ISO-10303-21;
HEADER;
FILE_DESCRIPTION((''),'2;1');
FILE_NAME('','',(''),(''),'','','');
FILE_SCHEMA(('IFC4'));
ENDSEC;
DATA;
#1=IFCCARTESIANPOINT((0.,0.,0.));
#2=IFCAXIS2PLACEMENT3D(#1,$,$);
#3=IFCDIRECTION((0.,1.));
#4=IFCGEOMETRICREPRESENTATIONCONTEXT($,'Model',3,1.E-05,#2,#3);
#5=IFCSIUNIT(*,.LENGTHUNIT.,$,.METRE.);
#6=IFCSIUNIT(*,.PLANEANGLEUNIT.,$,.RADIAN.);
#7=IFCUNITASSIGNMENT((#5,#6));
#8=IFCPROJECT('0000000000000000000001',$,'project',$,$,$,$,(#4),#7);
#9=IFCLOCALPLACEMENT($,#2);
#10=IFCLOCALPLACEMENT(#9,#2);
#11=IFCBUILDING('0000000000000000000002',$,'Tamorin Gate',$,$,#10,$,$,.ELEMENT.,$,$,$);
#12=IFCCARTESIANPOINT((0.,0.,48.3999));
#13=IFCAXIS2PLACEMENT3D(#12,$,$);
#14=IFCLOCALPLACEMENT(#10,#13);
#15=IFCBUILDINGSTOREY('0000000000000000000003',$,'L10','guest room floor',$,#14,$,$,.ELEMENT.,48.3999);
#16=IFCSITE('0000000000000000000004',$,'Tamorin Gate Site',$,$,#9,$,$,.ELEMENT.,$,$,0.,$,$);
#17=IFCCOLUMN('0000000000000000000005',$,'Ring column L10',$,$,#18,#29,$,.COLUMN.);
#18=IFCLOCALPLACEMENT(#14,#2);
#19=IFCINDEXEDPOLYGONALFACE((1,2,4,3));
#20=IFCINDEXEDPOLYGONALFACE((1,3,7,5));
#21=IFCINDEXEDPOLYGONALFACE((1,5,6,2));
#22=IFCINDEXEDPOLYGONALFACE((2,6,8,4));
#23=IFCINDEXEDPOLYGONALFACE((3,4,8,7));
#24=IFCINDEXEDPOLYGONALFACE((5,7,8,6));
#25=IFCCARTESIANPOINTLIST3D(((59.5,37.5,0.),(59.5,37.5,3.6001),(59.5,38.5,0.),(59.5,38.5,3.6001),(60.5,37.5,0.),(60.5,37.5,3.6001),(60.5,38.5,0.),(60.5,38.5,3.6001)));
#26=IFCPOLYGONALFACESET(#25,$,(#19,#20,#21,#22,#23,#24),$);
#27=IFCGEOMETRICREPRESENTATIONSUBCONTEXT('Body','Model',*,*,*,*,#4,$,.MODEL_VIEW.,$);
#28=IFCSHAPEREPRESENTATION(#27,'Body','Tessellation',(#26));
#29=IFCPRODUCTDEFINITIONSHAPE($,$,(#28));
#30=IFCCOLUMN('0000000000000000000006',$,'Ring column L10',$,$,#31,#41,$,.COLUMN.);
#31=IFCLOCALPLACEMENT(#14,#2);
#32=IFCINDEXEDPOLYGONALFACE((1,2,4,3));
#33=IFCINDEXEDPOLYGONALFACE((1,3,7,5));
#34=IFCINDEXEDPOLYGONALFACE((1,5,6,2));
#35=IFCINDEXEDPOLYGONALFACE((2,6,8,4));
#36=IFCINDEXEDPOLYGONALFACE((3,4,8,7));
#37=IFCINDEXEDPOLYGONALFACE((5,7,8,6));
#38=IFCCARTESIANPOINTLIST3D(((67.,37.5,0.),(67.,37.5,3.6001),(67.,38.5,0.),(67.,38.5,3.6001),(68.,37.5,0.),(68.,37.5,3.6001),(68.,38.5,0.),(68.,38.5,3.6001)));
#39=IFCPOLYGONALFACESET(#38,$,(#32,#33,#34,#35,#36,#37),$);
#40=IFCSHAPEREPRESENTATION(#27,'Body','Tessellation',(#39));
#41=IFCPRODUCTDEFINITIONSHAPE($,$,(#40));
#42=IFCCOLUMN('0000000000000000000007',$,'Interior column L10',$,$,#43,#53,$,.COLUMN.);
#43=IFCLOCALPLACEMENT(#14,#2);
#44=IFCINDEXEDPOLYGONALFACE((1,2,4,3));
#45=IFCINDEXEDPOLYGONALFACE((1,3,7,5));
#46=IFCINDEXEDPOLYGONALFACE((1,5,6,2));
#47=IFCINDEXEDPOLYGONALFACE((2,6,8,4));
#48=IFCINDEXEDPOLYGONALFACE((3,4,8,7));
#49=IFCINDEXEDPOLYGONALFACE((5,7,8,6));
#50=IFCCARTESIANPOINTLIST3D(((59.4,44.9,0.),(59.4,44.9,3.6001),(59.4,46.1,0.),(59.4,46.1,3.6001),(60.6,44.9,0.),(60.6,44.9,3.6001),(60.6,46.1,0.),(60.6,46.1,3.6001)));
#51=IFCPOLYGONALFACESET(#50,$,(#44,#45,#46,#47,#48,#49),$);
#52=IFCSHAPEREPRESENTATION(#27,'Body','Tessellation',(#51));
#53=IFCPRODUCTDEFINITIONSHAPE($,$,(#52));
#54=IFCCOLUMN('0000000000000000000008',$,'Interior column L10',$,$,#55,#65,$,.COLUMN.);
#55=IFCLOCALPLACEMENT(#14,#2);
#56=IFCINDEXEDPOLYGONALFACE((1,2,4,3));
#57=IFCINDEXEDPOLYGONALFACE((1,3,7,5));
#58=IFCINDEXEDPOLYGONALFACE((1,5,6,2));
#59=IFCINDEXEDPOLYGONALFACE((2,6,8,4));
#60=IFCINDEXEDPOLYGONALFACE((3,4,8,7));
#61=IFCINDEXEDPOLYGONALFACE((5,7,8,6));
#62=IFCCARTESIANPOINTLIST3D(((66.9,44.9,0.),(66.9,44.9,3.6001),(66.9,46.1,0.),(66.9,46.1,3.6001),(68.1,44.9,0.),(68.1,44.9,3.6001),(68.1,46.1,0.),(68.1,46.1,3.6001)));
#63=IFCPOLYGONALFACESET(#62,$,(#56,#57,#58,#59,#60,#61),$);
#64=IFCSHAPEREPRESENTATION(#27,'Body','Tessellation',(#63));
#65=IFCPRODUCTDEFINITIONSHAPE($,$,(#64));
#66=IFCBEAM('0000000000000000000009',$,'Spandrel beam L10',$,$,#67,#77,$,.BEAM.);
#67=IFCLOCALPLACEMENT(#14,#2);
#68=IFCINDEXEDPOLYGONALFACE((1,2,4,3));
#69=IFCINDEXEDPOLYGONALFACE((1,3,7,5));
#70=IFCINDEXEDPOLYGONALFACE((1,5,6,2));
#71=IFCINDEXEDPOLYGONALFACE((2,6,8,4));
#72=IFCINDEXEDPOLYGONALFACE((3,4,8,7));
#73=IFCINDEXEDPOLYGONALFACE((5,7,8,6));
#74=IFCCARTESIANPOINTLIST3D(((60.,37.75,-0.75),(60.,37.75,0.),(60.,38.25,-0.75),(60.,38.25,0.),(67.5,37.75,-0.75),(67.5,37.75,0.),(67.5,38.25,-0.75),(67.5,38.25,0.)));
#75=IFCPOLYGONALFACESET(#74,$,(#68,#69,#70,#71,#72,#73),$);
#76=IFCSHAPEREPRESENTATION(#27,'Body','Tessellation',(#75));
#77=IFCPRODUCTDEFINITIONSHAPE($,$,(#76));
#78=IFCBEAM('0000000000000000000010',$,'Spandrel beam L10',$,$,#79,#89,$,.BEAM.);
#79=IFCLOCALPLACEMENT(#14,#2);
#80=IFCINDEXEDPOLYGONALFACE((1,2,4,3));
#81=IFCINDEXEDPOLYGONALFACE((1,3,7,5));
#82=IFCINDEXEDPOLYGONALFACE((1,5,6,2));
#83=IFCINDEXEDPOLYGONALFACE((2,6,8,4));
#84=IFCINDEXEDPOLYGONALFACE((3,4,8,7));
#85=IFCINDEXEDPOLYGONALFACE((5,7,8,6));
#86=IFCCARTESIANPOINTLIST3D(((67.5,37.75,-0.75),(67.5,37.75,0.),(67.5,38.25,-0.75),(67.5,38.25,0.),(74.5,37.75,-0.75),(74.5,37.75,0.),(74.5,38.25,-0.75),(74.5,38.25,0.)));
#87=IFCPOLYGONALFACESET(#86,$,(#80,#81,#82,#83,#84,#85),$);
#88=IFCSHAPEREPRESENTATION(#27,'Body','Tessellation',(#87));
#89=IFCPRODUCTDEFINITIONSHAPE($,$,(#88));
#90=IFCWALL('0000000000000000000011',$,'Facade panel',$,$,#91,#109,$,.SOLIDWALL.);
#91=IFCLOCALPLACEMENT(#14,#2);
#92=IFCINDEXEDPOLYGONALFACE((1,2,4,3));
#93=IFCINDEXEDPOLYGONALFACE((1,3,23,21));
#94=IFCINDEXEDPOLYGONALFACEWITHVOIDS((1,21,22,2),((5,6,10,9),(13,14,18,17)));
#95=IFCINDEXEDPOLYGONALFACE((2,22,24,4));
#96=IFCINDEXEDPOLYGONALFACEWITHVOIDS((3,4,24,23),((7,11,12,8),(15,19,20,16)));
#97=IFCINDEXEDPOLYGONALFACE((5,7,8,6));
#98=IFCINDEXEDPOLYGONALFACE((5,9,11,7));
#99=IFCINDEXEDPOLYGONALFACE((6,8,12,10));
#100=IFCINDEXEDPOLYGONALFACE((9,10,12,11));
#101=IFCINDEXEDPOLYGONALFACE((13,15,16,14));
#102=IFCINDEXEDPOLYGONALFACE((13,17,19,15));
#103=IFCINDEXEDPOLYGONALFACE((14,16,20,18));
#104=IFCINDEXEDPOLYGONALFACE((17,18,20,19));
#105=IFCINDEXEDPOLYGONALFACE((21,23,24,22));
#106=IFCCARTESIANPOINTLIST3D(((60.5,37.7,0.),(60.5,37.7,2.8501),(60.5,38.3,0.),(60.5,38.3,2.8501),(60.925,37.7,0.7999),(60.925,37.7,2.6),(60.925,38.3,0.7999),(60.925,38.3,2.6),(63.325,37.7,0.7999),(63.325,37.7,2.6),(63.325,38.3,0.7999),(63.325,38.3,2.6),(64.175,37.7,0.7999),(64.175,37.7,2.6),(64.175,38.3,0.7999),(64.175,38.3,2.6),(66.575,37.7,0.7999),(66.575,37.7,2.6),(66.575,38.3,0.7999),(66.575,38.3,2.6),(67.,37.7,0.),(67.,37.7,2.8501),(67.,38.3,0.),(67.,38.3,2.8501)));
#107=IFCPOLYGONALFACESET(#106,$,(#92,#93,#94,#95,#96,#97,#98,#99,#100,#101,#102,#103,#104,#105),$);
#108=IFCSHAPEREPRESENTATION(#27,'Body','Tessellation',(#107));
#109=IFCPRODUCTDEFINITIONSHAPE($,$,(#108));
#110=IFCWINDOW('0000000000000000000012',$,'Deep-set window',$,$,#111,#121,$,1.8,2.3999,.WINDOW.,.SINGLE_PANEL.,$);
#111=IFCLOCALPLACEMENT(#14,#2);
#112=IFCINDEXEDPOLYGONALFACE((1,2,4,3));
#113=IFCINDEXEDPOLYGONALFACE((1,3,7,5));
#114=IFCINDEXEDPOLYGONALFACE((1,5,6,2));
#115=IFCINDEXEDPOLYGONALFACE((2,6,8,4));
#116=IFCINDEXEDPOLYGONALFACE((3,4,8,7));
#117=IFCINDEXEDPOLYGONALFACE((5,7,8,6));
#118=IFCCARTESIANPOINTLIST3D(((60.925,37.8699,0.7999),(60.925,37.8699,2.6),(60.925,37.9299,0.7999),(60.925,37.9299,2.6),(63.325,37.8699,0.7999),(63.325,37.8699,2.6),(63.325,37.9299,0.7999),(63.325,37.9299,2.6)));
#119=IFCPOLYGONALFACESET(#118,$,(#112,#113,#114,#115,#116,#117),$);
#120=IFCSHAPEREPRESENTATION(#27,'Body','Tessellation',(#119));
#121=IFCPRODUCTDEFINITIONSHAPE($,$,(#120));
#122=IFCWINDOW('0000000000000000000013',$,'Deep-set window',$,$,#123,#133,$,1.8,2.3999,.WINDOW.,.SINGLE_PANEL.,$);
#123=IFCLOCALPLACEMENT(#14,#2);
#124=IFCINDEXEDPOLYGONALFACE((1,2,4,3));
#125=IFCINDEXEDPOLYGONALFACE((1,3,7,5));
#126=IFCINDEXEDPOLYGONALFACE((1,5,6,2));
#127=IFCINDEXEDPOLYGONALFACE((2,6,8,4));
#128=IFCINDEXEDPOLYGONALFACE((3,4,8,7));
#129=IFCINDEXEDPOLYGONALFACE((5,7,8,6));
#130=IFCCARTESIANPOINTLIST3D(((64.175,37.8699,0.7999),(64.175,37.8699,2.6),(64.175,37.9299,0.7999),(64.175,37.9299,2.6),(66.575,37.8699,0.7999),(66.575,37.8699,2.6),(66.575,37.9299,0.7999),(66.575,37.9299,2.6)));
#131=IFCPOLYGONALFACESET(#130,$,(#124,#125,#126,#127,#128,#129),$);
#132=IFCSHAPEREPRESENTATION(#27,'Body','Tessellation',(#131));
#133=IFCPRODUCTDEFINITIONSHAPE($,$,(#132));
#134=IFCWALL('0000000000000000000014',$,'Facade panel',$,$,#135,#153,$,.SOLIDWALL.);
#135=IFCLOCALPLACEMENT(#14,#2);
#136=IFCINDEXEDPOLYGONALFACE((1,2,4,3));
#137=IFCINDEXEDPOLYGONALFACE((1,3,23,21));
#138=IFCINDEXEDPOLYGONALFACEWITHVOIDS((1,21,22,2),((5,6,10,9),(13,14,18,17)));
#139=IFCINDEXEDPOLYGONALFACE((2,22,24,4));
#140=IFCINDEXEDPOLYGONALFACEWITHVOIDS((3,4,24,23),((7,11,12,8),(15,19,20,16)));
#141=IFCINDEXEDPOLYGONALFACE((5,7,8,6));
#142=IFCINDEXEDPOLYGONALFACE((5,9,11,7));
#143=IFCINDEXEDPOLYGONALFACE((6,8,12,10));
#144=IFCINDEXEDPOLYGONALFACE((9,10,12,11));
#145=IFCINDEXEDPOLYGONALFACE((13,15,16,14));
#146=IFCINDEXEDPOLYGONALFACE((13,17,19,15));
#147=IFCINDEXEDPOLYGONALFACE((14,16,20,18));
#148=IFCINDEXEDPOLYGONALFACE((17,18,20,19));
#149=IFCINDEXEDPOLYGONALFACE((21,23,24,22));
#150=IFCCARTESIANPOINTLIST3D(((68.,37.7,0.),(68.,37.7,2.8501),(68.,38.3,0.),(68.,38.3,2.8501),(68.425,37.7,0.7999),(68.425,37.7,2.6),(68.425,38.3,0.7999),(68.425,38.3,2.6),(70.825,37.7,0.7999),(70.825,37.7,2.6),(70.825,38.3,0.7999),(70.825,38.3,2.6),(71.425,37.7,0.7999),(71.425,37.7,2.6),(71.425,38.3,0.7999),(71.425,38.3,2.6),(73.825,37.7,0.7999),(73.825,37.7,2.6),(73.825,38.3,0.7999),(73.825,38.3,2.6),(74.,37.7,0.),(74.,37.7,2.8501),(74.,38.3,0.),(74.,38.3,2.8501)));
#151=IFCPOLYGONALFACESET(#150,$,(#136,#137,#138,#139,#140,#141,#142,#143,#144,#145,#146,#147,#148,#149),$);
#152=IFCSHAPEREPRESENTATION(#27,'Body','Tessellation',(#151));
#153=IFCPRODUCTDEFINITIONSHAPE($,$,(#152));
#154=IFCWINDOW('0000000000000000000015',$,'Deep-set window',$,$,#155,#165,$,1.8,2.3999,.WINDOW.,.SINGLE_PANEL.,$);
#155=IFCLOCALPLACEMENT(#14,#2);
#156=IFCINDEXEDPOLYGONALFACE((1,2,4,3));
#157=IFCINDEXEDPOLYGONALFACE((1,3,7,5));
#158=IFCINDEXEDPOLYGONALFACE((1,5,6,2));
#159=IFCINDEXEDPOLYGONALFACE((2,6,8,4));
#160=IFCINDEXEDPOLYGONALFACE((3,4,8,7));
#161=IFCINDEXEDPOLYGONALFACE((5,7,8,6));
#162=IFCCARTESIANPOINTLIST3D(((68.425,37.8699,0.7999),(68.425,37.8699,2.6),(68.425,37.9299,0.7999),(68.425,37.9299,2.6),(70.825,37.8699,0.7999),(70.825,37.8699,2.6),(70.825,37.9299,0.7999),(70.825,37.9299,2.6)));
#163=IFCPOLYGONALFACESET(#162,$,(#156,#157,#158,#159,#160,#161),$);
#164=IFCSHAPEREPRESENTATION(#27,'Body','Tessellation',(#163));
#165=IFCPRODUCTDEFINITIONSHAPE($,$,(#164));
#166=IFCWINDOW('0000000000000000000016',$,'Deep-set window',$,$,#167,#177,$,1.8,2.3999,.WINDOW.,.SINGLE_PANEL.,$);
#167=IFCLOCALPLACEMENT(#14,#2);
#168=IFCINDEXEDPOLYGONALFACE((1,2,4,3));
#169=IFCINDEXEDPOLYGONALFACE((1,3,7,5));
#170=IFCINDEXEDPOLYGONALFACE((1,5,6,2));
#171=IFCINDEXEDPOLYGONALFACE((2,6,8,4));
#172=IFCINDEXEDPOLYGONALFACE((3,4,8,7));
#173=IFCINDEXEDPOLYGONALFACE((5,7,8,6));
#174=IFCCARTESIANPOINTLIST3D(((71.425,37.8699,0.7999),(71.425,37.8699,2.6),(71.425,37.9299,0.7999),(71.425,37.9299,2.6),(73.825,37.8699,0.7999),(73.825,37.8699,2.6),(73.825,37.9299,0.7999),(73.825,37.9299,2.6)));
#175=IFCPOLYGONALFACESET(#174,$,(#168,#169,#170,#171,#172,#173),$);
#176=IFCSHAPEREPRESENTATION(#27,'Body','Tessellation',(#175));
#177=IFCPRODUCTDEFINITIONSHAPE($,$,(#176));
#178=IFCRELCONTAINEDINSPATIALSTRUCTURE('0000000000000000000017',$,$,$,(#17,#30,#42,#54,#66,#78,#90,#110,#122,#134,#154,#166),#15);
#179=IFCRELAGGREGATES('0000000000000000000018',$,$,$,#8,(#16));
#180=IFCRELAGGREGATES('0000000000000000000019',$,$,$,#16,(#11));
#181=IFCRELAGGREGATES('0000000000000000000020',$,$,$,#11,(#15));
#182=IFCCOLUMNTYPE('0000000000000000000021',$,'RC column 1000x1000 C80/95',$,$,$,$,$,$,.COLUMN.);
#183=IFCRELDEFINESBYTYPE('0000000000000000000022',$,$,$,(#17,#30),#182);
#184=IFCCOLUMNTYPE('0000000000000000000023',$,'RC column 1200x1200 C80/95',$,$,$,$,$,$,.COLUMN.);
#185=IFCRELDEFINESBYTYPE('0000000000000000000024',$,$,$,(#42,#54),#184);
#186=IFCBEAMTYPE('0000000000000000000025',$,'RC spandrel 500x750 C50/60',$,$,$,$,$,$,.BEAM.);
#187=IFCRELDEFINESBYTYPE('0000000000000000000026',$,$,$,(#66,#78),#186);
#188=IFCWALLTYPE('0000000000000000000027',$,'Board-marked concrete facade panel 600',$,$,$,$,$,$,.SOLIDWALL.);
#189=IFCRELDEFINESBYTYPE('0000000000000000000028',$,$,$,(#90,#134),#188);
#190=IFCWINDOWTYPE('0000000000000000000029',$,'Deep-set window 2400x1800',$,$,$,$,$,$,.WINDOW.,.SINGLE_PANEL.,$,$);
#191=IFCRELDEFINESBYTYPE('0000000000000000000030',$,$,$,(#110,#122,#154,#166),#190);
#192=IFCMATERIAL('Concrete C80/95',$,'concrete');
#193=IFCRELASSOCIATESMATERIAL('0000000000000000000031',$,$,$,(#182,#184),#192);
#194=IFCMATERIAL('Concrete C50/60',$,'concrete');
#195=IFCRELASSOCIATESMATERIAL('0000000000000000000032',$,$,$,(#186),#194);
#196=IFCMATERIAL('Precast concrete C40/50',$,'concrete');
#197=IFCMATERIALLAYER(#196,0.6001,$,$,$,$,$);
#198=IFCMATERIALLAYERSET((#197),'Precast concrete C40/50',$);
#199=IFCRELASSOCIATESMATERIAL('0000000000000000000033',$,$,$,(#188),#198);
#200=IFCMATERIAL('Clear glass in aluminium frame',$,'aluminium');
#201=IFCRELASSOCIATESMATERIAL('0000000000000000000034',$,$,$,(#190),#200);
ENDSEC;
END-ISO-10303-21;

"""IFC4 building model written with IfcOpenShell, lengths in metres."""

from ifc_helpers import new_model, si_unit, direction, frame, frame_2d, origin, origin_2d, place, context, subcontext, project, spatial, rectangle, extrude, material, layer, layer_set, material_profile, profile_set, type_object, element, fill, save


model = new_model("IFC4")

# Units and contexts
model_context = context("Model", 3, precision=1e-05, world=origin(), true_north=direction((0.0, 1.0)))
body_context = subcontext(model_context, "Body", "Model", "MODEL_VIEW")
ifc_project = project(units=[si_unit("LENGTHUNIT", "METRE"), si_unit("PLANEANGLEUNIT", "RADIAN")], contexts=[model_context])

# Site, building, storey
site_placement = place(None, origin())
site = spatial("IfcSite", under=ifc_project, at=site_placement, Name="Tamorin Gate Site", CompositionType="ELEMENT", RefElevation=0.0)
building_placement = place(site_placement, origin())
building = spatial("IfcBuilding", under=site, at=building_placement, Name="Tamorin Gate", CompositionType="ELEMENT")
storey_placement = place(building_placement, frame((0.0, 0.0, 48.3999)))
storey = spatial("IfcBuildingStorey", under=building, at=storey_placement, Name="L10", Description="guest room floor", CompositionType="ELEMENT", Elevation=48.3999)

# Columns
ifc_material_1 = material(Name="Concrete C80/95", Category="concrete")
ifc_material_profile_1 = material_profile(ifc_material_1, rectangle(XDim=1.0, YDim=1.0, at=origin_2d()), Name="RC 1000x1000")
ifc_profile_set_1 = profile_set([ifc_material_profile_1], Name="Concrete C80/95")
column_type_1 = type_object("IfcColumnType", Name="RC column 1000x1000 C80/95", PredefinedType="COLUMN", material=ifc_profile_set_1)
for number, where, z_axis, x_axis, name in (
    (1, (60.0, 38.0, 0.0), (0.0, 0.0, 1.0), (1.0, 0.0, 0.0), "Ring column L10"),
    (2, (67.5, 38.0, 0.0), (0.0, 0.0, 1.0), (1.0, 0.0, 0.0), "Ring column L10"),
):
    element("IfcColumn", number, at=place(storey_placement, frame(where, z_axis=z_axis, x_axis=x_axis)), inside=storey, type_object=column_type_1, Name=name, PredefinedType="COLUMN", context=body_context, shape_type="SweptSolid", body=[
        extrude(rectangle(XDim=1.0, YDim=1.0, at=origin_2d()), origin(), (0.0, 0.0, 1.0), 3.6001),
    ])
ifc_material_profile_2 = material_profile(ifc_material_1, rectangle(XDim=1.2, YDim=1.2, at=origin_2d()), Name="RC 1200x1200")
ifc_profile_set_2 = profile_set([ifc_material_profile_2], Name="Concrete C80/95")
column_type_2 = type_object("IfcColumnType", Name="RC column 1200x1200 C80/95", PredefinedType="COLUMN", material=ifc_profile_set_2)
for number, where, z_axis, x_axis, name in (
    (3, (60.0, 45.5, 0.0), (0.0, 0.0, 1.0), (1.0, 0.0, 0.0), "Interior column L10"),
    (4, (67.5, 45.5, 0.0), (0.0, 0.0, 1.0), (1.0, 0.0, 0.0), "Interior column L10"),
):
    element("IfcColumn", number, at=place(storey_placement, frame(where, z_axis=z_axis, x_axis=x_axis)), inside=storey, type_object=column_type_2, Name=name, PredefinedType="COLUMN", context=body_context, shape_type="SweptSolid", body=[
        extrude(rectangle(XDim=1.2, YDim=1.2, at=origin_2d()), origin(), (0.0, 0.0, 1.0), 3.6001),
    ])

# Beams
ifc_material_2 = material(Name="Concrete C50/60", Category="concrete")
ifc_material_profile_3 = material_profile(ifc_material_2, rectangle(XDim=0.5, YDim=0.75, at=origin_2d()), Name="RC 500x750")
ifc_profile_set_3 = profile_set([ifc_material_profile_3], Name="Concrete C50/60")
beam_type = type_object("IfcBeamType", Name="RC spandrel 500x750 C50/60", PredefinedType="BEAM", material=ifc_profile_set_3)
beam_1_placement = place(storey_placement, frame((60.0, 38.0, -0.375), z_axis=(1.0, 0.0, 0.0), x_axis=(0.0, 1.0, 0.0)))
element("IfcBeam", 5, at=beam_1_placement, inside=storey, type_object=beam_type, Name="Spandrel beam L10", PredefinedType="BEAM", context=body_context, shape_type="SweptSolid", body=[
    extrude(rectangle(XDim=0.5, YDim=0.75, at=origin_2d()), origin(), (0.0, 0.0, 1.0), 7.5),
])
beam_2_placement = place(storey_placement, frame((67.5, 38.0, -0.375), z_axis=(1.0, 0.0, 0.0), x_axis=(0.0, 1.0, 0.0)))
element("IfcBeam", 6, at=beam_2_placement, inside=storey, type_object=beam_type, Name="Spandrel beam L10", PredefinedType="BEAM", context=body_context, shape_type="SweptSolid", body=[
    extrude(rectangle(XDim=0.5, YDim=0.75, at=origin_2d()), origin(), (0.0, 0.0, 1.0), 7.0),
])

# Walls, openings, windows
ifc_material_3 = material(Name="Precast concrete C40/50", Category="concrete")
ifc_layer_1 = layer(ifc_material_3, 0.6001)
ifc_layer_set_1 = layer_set([ifc_layer_1], Name="Precast concrete C40/50")
wall_type_1 = type_object("IfcWallType", Name="Board-marked concrete facade panel 600", PredefinedType="SOLIDWALL", material=ifc_layer_set_1)
wall_1_placement = place(storey_placement, frame((60.5, 38.0, 0.0), z_axis=(0.0, 0.0, 1.0), x_axis=(1.0, 0.0, 0.0)))
wall_1 = element("IfcWall", 7, at=wall_1_placement, inside=storey, type_object=wall_type_1, Name="Facade panel", PredefinedType="SOLIDWALL", context=body_context, shape_type="SweptSolid", body=[
    extrude(rectangle(XDim=6.5, YDim=0.6001, at=frame_2d((3.25, 0.0))), origin(), (0.0, 0.0, 1.0), 2.8501),
])
opening_1_placement = place(wall_1_placement, frame((0.425, 0.0, 0.8)))
opening_1 = element("IfcOpeningElement", 8, at=opening_1_placement, cuts=wall_1, PredefinedType="OPENING", context=body_context, shape_type="SweptSolid", body=[
    extrude(rectangle(XDim=2.3999, YDim=1.8, at=frame_2d((1.2, 0.8999))), frame((0.0, 0.3101, 0.0), z_axis=(0.0, -1.0, 0.0), x_axis=(1.0, 0.0, 0.0)), (0.0, 0.0, 1.0), 0.6201),
])
opening_2_placement = place(wall_1_placement, frame((3.675, 0.0, 0.8)))
opening_2 = element("IfcOpeningElement", 9, at=opening_2_placement, cuts=wall_1, PredefinedType="OPENING", context=body_context, shape_type="SweptSolid", body=[
    extrude(rectangle(XDim=2.3999, YDim=1.8, at=frame_2d((1.2, 0.8999))), frame((0.0, 0.3101, 0.0), z_axis=(0.0, -1.0, 0.0), x_axis=(1.0, 0.0, 0.0)), (0.0, 0.0, 1.0), 0.6201),
])
ifc_material_4 = material(Name="Clear glass in aluminium frame", Category="aluminium")
window_type = type_object("IfcWindowType", Name="Deep-set window 2400x1800", PartitioningType="SINGLE_PANEL", PredefinedType="WINDOW", material=ifc_material_4)
window_1_placement = place(opening_1_placement, origin())
window_1 = element("IfcWindow", 10, at=window_1_placement, inside=storey, type_object=window_type, Name="Deep-set window", OverallHeight=1.8, OverallWidth=2.3999, PartitioningType="SINGLE_PANEL", PredefinedType="WINDOW", context=body_context, shape_type="SweptSolid", body=[
    extrude(rectangle(XDim=2.3999, YDim=1.8, at=frame_2d((1.2, 0.8999))), frame((0.0, -0.0701, 0.0), z_axis=(0.0, -1.0, 0.0), x_axis=(1.0, 0.0, 0.0)), (0.0, 0.0, 1.0), 0.0601),
])
fill(opening_1, window_1)
window_2_placement = place(opening_2_placement, origin())
window_2 = element("IfcWindow", 11, at=window_2_placement, inside=storey, type_object=window_type, Name="Deep-set window", OverallHeight=1.8, OverallWidth=2.3999, PartitioningType="SINGLE_PANEL", PredefinedType="WINDOW", context=body_context, shape_type="SweptSolid", body=[
    extrude(rectangle(XDim=2.3999, YDim=1.8, at=frame_2d((1.2, 0.8999))), frame((0.0, -0.0701, 0.0), z_axis=(0.0, -1.0, 0.0), x_axis=(1.0, 0.0, 0.0)), (0.0, 0.0, 1.0), 0.0601),
])
fill(opening_2, window_2)
wall_2_placement = place(storey_placement, frame((68.0, 38.0, 0.0), z_axis=(0.0, 0.0, 1.0), x_axis=(1.0, 0.0, 0.0)))
wall_2 = element("IfcWall", 12, at=wall_2_placement, inside=storey, type_object=wall_type_1, Name="Facade panel", PredefinedType="SOLIDWALL", context=body_context, shape_type="SweptSolid", body=[
    extrude(rectangle(XDim=6.0, YDim=0.6001, at=frame_2d((3.0, 0.0))), origin(), (0.0, 0.0, 1.0), 2.8501),
])
opening_3_placement = place(wall_2_placement, frame((0.425, 0.0, 0.8)))
opening_3 = element("IfcOpeningElement", 13, at=opening_3_placement, cuts=wall_2, PredefinedType="OPENING", context=body_context, shape_type="SweptSolid", body=[
    extrude(rectangle(XDim=2.3999, YDim=1.8, at=frame_2d((1.2, 0.8999))), frame((0.0, 0.3101, 0.0), z_axis=(0.0, -1.0, 0.0), x_axis=(1.0, 0.0, 0.0)), (0.0, 0.0, 1.0), 0.6201),
])
opening_4_placement = place(wall_2_placement, frame((3.425, 0.0, 0.8)))
opening_4 = element("IfcOpeningElement", 14, at=opening_4_placement, cuts=wall_2, PredefinedType="OPENING", context=body_context, shape_type="SweptSolid", body=[
    extrude(rectangle(XDim=2.3999, YDim=1.8, at=frame_2d((1.2, 0.8999))), frame((0.0, 0.3101, 0.0), z_axis=(0.0, -1.0, 0.0), x_axis=(1.0, 0.0, 0.0)), (0.0, 0.0, 1.0), 0.6201),
])
window_3_placement = place(opening_3_placement, origin())
window_3 = element("IfcWindow", 15, at=window_3_placement, inside=storey, type_object=window_type, Name="Deep-set window", OverallHeight=1.8, OverallWidth=2.3999, PartitioningType="SINGLE_PANEL", PredefinedType="WINDOW", context=body_context, shape_type="SweptSolid", body=[
    extrude(rectangle(XDim=2.3999, YDim=1.8, at=frame_2d((1.2, 0.8999))), frame((0.0, -0.0701, 0.0), z_axis=(0.0, -1.0, 0.0), x_axis=(1.0, 0.0, 0.0)), (0.0, 0.0, 1.0), 0.0601),
])
fill(opening_3, window_3)
window_4_placement = place(opening_4_placement, origin())
window_4 = element("IfcWindow", 16, at=window_4_placement, inside=storey, type_object=window_type, Name="Deep-set window", OverallHeight=1.8, OverallWidth=2.3999, PartitioningType="SINGLE_PANEL", PredefinedType="WINDOW", context=body_context, shape_type="SweptSolid", body=[
    extrude(rectangle(XDim=2.3999, YDim=1.8, at=frame_2d((1.2, 0.8999))), frame((0.0, -0.0701, 0.0), z_axis=(0.0, -1.0, 0.0), x_axis=(1.0, 0.0, 0.0)), (0.0, 0.0, 1.0), 0.0601),
])
fill(opening_4, window_4)

save(model, "model.ifc")
